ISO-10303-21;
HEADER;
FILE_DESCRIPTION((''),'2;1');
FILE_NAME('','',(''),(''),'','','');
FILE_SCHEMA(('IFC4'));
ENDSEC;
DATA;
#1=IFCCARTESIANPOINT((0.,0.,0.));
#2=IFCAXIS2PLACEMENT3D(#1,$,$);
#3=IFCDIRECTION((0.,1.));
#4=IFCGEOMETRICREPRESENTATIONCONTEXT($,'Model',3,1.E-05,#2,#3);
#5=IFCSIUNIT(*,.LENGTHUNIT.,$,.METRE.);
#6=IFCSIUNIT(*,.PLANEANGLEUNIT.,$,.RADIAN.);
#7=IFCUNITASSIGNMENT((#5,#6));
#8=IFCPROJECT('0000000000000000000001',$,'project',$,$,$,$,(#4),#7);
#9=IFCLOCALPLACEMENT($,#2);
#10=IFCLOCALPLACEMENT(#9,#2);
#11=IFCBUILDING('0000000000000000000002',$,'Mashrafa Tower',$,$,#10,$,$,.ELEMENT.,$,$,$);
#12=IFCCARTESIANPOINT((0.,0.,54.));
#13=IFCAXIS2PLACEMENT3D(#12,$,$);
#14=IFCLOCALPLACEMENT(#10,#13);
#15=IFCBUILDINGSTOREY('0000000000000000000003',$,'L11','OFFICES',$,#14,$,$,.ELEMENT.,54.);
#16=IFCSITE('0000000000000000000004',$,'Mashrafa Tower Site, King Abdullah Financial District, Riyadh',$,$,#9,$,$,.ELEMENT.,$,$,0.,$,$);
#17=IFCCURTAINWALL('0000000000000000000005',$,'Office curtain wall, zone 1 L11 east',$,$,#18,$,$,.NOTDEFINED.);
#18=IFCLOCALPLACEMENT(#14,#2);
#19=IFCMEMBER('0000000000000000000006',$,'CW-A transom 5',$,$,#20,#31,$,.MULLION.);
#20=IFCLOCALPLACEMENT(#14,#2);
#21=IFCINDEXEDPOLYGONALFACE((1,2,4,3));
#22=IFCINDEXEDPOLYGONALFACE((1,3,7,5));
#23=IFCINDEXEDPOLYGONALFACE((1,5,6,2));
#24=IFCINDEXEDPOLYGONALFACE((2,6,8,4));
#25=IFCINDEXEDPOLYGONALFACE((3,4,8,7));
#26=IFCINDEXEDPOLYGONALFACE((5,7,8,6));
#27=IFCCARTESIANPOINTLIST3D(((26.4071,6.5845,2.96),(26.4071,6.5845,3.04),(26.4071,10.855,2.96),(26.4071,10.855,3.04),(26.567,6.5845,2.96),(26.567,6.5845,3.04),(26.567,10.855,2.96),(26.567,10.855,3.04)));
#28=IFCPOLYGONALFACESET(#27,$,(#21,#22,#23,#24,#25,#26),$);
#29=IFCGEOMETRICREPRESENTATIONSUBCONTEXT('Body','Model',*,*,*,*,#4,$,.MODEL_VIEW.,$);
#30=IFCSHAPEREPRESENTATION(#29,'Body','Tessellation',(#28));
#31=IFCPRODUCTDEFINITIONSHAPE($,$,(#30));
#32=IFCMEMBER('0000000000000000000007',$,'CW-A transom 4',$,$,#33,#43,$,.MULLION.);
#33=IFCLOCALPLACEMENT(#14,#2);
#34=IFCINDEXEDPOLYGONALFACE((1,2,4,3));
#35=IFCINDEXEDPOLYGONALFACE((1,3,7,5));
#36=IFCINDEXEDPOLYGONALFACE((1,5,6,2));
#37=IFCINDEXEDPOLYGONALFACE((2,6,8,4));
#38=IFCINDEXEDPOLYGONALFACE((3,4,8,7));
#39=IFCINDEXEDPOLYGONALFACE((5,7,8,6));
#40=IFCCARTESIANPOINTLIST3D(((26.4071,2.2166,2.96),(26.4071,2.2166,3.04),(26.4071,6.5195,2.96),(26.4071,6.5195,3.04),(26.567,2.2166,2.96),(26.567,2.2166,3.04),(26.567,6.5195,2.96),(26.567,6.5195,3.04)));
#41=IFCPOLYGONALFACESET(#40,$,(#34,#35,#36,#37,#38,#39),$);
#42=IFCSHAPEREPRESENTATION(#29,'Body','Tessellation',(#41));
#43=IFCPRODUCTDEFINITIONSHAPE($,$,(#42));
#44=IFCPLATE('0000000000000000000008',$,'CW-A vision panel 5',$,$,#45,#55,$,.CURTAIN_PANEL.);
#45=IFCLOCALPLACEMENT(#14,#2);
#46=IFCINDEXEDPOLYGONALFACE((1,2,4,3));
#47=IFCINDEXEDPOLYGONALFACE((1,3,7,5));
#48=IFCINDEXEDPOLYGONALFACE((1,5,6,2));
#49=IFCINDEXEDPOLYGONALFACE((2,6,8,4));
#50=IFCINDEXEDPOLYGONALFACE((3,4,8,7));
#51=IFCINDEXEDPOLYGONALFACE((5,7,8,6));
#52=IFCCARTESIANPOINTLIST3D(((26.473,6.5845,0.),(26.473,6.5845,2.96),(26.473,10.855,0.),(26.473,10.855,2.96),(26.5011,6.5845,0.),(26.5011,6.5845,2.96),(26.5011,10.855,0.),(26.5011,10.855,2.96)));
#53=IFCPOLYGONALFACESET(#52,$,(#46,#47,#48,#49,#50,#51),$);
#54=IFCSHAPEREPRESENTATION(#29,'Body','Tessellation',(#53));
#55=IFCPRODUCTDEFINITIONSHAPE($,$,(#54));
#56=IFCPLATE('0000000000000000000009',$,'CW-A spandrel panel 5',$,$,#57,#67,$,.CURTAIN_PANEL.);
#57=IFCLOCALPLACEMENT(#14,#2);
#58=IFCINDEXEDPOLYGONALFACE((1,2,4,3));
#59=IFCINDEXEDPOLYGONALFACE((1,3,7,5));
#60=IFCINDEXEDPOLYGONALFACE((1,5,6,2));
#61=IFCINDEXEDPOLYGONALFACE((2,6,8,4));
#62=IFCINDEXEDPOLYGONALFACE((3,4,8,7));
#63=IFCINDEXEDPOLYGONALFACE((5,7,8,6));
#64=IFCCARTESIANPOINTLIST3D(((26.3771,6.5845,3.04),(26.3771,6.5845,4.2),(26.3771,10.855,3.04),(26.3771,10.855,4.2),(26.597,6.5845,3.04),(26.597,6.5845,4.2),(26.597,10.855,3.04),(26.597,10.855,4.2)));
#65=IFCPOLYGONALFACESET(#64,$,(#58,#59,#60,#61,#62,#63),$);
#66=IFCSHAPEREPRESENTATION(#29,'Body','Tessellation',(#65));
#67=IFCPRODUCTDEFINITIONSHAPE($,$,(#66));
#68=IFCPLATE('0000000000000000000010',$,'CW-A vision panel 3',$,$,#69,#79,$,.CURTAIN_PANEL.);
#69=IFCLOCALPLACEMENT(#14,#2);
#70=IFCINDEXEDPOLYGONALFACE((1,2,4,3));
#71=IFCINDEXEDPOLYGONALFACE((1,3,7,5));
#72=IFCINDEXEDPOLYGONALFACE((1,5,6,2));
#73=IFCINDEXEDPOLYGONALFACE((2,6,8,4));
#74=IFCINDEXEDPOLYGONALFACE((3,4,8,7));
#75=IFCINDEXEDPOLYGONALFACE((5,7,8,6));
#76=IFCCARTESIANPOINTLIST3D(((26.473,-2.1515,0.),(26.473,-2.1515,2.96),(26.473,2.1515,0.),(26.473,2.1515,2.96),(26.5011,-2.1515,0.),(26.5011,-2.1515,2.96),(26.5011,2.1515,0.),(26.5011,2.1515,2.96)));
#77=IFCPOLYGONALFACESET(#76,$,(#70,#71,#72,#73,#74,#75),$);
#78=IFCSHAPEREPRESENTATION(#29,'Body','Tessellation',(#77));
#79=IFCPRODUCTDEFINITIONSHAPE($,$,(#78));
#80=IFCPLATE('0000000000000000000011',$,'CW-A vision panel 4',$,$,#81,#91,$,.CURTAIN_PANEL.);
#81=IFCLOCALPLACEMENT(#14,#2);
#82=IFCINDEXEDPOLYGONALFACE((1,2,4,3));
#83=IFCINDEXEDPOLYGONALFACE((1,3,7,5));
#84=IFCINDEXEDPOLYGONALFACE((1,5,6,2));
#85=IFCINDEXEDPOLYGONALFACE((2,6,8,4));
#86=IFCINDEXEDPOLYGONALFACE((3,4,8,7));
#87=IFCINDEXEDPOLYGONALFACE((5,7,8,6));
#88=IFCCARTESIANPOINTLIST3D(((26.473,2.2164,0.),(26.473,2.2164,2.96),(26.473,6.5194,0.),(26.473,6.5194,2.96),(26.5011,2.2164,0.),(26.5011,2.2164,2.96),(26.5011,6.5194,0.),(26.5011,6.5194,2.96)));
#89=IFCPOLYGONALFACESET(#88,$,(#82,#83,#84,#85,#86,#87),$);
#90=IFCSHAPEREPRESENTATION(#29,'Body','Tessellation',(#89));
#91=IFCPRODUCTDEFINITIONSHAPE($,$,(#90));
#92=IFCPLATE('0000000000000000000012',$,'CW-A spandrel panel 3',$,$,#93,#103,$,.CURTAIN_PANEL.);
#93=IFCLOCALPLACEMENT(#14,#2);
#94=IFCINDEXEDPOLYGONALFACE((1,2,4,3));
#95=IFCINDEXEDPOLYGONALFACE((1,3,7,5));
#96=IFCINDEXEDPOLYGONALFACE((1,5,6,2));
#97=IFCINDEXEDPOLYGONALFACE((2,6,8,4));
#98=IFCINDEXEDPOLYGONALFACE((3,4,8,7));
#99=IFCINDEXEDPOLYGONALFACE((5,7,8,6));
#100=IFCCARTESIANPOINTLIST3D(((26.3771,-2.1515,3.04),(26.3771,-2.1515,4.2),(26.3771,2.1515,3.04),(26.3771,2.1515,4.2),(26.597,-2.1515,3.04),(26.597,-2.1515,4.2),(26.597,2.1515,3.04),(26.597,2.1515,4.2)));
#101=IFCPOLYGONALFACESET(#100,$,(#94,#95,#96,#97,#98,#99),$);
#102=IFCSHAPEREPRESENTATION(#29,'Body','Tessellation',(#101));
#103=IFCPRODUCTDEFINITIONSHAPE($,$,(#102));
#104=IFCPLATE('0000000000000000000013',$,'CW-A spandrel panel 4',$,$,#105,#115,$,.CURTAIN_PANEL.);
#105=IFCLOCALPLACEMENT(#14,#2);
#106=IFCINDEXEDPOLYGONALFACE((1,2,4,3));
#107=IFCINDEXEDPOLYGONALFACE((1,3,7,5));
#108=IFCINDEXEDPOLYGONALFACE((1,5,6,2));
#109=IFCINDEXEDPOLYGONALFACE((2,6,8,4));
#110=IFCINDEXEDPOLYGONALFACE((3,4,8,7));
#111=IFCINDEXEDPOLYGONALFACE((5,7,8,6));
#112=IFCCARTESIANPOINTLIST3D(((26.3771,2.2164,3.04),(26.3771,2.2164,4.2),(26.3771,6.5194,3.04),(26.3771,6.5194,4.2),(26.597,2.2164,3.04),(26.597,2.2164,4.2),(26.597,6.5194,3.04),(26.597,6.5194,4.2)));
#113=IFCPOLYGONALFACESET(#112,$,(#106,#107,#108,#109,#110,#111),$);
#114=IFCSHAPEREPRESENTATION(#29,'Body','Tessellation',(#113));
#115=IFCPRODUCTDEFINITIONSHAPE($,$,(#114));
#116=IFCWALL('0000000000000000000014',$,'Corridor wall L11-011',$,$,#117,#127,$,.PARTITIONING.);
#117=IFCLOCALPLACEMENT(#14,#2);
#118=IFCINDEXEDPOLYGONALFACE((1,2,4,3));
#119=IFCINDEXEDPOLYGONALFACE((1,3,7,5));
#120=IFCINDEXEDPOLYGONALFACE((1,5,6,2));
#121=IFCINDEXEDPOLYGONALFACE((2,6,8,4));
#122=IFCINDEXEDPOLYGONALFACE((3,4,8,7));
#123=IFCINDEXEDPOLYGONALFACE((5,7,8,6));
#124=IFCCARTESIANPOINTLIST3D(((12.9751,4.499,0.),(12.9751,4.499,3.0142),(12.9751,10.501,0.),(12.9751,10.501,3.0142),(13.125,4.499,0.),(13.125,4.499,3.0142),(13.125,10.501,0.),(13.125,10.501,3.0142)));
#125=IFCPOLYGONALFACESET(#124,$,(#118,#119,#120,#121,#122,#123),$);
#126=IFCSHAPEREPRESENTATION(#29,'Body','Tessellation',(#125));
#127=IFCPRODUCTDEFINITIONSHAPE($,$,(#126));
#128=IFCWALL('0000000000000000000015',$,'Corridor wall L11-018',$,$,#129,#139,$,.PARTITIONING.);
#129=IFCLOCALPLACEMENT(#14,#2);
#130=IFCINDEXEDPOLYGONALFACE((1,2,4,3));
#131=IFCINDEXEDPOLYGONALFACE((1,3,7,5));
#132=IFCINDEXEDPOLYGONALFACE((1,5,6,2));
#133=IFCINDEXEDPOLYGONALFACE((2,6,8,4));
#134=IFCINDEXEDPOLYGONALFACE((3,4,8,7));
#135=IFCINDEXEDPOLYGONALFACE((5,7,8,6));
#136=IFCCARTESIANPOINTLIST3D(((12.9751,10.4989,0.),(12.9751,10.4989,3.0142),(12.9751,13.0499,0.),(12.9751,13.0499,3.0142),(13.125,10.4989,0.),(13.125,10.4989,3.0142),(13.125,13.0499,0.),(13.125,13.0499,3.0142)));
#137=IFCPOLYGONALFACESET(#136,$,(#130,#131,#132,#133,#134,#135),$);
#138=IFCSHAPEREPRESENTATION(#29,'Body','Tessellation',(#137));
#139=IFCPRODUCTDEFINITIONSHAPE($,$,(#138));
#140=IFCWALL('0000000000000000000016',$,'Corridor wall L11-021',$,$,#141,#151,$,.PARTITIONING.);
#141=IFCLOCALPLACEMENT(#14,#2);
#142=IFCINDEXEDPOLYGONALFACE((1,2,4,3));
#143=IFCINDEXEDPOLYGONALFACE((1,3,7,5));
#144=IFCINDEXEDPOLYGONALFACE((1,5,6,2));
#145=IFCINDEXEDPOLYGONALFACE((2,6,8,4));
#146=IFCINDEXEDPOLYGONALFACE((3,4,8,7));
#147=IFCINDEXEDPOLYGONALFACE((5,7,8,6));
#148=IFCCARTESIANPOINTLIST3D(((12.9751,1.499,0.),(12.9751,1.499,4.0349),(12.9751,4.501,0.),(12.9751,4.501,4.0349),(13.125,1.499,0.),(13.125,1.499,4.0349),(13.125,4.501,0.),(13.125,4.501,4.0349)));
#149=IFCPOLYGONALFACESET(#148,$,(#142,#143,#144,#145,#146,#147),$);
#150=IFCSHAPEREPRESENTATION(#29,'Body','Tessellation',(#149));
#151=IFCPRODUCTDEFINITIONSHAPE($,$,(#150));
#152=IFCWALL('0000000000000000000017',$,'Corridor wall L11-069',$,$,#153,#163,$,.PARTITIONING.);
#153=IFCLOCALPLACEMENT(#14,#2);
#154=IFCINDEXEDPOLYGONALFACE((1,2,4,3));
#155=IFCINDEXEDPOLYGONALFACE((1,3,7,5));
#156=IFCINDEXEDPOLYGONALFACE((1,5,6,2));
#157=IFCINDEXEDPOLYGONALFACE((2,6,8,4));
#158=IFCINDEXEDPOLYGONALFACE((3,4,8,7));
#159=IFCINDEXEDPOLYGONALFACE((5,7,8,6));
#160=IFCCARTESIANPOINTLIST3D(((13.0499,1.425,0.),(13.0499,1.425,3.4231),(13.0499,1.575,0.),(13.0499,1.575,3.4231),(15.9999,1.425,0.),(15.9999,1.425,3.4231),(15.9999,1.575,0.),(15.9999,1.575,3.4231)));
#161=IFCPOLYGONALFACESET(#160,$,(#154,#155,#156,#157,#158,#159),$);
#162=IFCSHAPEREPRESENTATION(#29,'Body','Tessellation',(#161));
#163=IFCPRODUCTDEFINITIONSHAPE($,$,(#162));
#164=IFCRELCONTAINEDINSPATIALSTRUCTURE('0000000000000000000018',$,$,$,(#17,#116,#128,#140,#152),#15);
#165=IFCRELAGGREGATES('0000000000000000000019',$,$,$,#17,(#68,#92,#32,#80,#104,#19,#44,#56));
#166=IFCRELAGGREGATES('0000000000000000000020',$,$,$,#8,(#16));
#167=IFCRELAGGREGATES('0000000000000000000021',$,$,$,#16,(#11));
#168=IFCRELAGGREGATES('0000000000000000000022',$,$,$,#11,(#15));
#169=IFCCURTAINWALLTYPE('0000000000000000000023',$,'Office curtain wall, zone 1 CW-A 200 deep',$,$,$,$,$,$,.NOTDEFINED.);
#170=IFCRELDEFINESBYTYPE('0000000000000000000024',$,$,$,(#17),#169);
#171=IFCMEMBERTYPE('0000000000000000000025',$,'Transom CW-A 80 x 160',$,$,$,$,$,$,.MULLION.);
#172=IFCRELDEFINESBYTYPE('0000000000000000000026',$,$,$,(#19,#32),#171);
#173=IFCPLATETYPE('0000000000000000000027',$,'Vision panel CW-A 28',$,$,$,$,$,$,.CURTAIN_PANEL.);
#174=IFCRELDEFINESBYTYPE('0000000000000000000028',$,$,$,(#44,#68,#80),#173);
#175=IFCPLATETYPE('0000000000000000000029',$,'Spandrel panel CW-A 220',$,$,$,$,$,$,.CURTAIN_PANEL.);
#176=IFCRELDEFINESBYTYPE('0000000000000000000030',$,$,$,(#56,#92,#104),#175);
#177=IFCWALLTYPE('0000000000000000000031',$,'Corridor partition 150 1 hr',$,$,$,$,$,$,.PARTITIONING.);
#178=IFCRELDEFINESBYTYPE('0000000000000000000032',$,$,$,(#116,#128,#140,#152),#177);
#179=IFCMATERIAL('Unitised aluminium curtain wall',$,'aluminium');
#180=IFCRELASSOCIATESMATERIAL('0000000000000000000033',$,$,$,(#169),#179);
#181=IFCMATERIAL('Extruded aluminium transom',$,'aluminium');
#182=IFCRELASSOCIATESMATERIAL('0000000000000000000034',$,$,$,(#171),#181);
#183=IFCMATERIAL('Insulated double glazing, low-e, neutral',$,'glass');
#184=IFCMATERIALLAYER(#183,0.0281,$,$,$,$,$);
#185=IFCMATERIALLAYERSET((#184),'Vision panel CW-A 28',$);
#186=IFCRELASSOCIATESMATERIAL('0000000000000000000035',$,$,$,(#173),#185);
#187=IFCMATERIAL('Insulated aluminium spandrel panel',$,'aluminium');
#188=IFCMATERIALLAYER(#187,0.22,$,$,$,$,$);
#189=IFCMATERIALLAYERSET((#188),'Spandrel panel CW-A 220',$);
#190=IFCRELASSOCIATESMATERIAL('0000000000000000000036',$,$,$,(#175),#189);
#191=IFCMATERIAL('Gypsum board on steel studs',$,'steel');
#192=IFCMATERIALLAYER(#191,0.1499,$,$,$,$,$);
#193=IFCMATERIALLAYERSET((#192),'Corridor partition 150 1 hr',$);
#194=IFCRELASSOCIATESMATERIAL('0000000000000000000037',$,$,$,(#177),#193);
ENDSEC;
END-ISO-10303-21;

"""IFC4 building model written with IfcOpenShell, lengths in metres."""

from ifc_helpers import new_model, si_unit, direction, frame, frame_2d, origin, origin_2d, place, context, subcontext, project, spatial, rectangle, extrude, source, transform, mapped, material, layer, layer_set, material_profile, profile_set, type_object, type_shapes, element, aggregate, save


model = new_model("IFC4")

# Units and contexts
model_context = context("Model", 3, precision=1e-05, world=origin(), true_north=direction((0.0, 1.0)))
body_context = subcontext(model_context, "Body", "Model", "MODEL_VIEW")
ifc_project = project(units=[si_unit("LENGTHUNIT", "METRE"), si_unit("PLANEANGLEUNIT", "RADIAN")], contexts=[model_context])

# Site, building, storey
site_placement = place(None, origin())
site = spatial("IfcSite", under=ifc_project, at=site_placement, Name="Mashrafa Tower Site, King Abdullah Financial District, Riyadh", CompositionType="ELEMENT", RefElevation=0.0)
building_placement = place(site_placement, origin())
building = spatial("IfcBuilding", under=site, at=building_placement, Name="Mashrafa Tower", CompositionType="ELEMENT")
storey_placement = place(building_placement, frame((0.0, 0.0, 54.0)))
storey = spatial("IfcBuildingStorey", under=building, at=storey_placement, Name="L11", Description="OFFICES", CompositionType="ELEMENT", Elevation=54.0)

# Curtain wall, members, plates
ifc_material_1 = material(Name="Unitised aluminium curtain wall", Category="aluminium")
curtain_wall_type = type_object("IfcCurtainWallType", Name="Office curtain wall, zone 1 CW-A 200 deep", PredefinedType="NOTDEFINED", material=ifc_material_1)
curtain_wall_placement = place(storey_placement, origin())
curtain_wall = element("IfcCurtainWall", 1, at=curtain_wall_placement, inside=storey, type_object=curtain_wall_type, Name="Office curtain wall, zone 1 L11 east", PredefinedType="NOTDEFINED")
ifc_material_2 = material(Name="Extruded aluminium transom", Category="aluminium")
ifc_material_profile_1 = material_profile(ifc_material_2, rectangle(XDim=0.1599, YDim=0.0801, at=origin_2d()), Name="Transom 80x160")
ifc_profile_set_1 = profile_set([ifc_material_profile_1], Name="Extruded aluminium transom")
member_type_1 = type_object("IfcMemberType", Name="Transom CW-A 80 x 160", PredefinedType="MULLION", material=ifc_profile_set_1)
shared_shape_1 = source(origin(), body_context, "Body", "SweptSolid", [
    extrude(rectangle(XDim=0.1599, YDim=0.0801, at=origin_2d()), origin(), (0.0, 0.0, 1.0), 4.2705),
])
member_1_placement = place(storey_placement, frame((26.4871, 6.5845, 3.0), z_axis=(0.0, 1.0, 0.0), x_axis=(-1.0, 0.0, 0.0)))
member_1 = element("IfcMember", 2, at=member_1_placement, type_object=member_type_1, Name="CW-A transom 5", PredefinedType="MULLION", context=body_context, shape_type="MappedRepresentation", body=[
    mapped(shared_shape_1, transform((0.0, 0.0, 0.0))),
])
shared_shape_2 = source(origin(), body_context, "Body", "SweptSolid", [
    extrude(rectangle(XDim=0.1599, YDim=0.0801, at=origin_2d()), origin(), (0.0, 0.0, 1.0), 4.303),
])
type_shapes(member_type_1, [shared_shape_1, shared_shape_2])
member_2_placement = place(storey_placement, frame((26.4871, 2.2166, 3.0), z_axis=(0.0, 1.0, 0.0), x_axis=(-1.0, 0.0, 0.0)))
member_2 = element("IfcMember", 3, at=member_2_placement, type_object=member_type_1, Name="CW-A transom 4", PredefinedType="MULLION", context=body_context, shape_type="MappedRepresentation", body=[
    mapped(shared_shape_2, transform((0.0, 0.0, 0.0))),
])
ifc_material_3 = material(Name="Insulated double glazing, low-e, neutral", Category="glass")
ifc_layer_1 = layer(ifc_material_3, 0.0281)
ifc_layer_set_1 = layer_set([ifc_layer_1], Name="Vision panel CW-A 28")
plate_type_1 = type_object("IfcPlateType", Name="Vision panel CW-A 28", PredefinedType="CURTAIN_PANEL", material=ifc_layer_set_1)
shared_shape_3 = source(origin(), body_context, "Body", "SweptSolid", [
    extrude(rectangle(XDim=4.2705, YDim=0.0281, at=origin_2d()), origin(), (0.0, 0.0, 1.0), 2.96),
])
plate_1_placement = place(storey_placement, frame((26.4871, 8.7197, 0.0), z_axis=(0.0, 0.0, 1.0), x_axis=(0.0, 1.0, 0.0)))
plate_1 = element("IfcPlate", 4, at=plate_1_placement, type_object=plate_type_1, Name="CW-A vision panel 5", PredefinedType="CURTAIN_PANEL", context=body_context, shape_type="MappedRepresentation", body=[
    mapped(shared_shape_3, transform((0.0, 0.0, 0.0))),
])
ifc_material_4 = material(Name="Insulated aluminium spandrel panel", Category="aluminium")
ifc_layer_2 = layer(ifc_material_4, 0.22)
ifc_layer_set_2 = layer_set([ifc_layer_2], Name="Spandrel panel CW-A 220")
plate_type_2 = type_object("IfcPlateType", Name="Spandrel panel CW-A 220", PredefinedType="CURTAIN_PANEL", material=ifc_layer_set_2)
shared_shape_4 = source(origin(), body_context, "Body", "SweptSolid", [
    extrude(rectangle(XDim=4.2705, YDim=0.22, at=origin_2d()), origin(), (0.0, 0.0, 1.0), 1.1599),
])
plate_2_placement = place(storey_placement, frame((26.4871, 8.7197, 3.04), z_axis=(0.0, 0.0, 1.0), x_axis=(0.0, 1.0, 0.0)))
plate_2 = element("IfcPlate", 5, at=plate_2_placement, type_object=plate_type_2, Name="CW-A spandrel panel 5", PredefinedType="CURTAIN_PANEL", context=body_context, shape_type="MappedRepresentation", body=[
    mapped(shared_shape_4, transform((0.0, 0.0, 0.0))),
])
shared_shape_5 = source(origin(), body_context, "Body", "SweptSolid", [
    extrude(rectangle(XDim=4.303, YDim=0.0281, at=origin_2d()), origin(), (0.0, 0.0, 1.0), 2.96),
])
type_shapes(plate_type_1, [shared_shape_3, shared_shape_5])
plate_3_placement = place(storey_placement, frame((26.4871, 0.0, 0.0), z_axis=(0.0, 0.0, 1.0), x_axis=(0.0, 1.0, 0.0)))
plate_3 = element("IfcPlate", 6, at=plate_3_placement, type_object=plate_type_1, Name="CW-A vision panel 3", PredefinedType="CURTAIN_PANEL", context=body_context, shape_type="MappedRepresentation", body=[
    mapped(shared_shape_5, transform((0.0, 0.0, 0.0))),
])
plate_4_placement = place(storey_placement, frame((26.4871, 4.3679, 0.0), z_axis=(0.0, 0.0, 1.0), x_axis=(0.0, 1.0, 0.0)))
plate_4 = element("IfcPlate", 7, at=plate_4_placement, type_object=plate_type_1, Name="CW-A vision panel 4", PredefinedType="CURTAIN_PANEL", context=body_context, shape_type="MappedRepresentation", body=[
    mapped(shared_shape_5, transform((0.0, 0.0, 0.0))),
])
shared_shape_6 = source(origin(), body_context, "Body", "SweptSolid", [
    extrude(rectangle(XDim=4.303, YDim=0.22, at=origin_2d()), origin(), (0.0, 0.0, 1.0), 1.1599),
])
type_shapes(plate_type_2, [shared_shape_4, shared_shape_6])
plate_5_placement = place(storey_placement, frame((26.4871, 0.0, 3.04), z_axis=(0.0, 0.0, 1.0), x_axis=(0.0, 1.0, 0.0)))
plate_5 = element("IfcPlate", 8, at=plate_5_placement, type_object=plate_type_2, Name="CW-A spandrel panel 3", PredefinedType="CURTAIN_PANEL", context=body_context, shape_type="MappedRepresentation", body=[
    mapped(shared_shape_6, transform((0.0, 0.0, 0.0))),
])
plate_6_placement = place(storey_placement, frame((26.4871, 4.3679, 3.04), z_axis=(0.0, 0.0, 1.0), x_axis=(0.0, 1.0, 0.0)))
plate_6 = element("IfcPlate", 9, at=plate_6_placement, type_object=plate_type_2, Name="CW-A spandrel panel 4", PredefinedType="CURTAIN_PANEL", context=body_context, shape_type="MappedRepresentation", body=[
    mapped(shared_shape_6, transform((0.0, 0.0, 0.0))),
])
aggregate(curtain_wall, [plate_3, plate_5, member_2, plate_4, plate_6, member_1, plate_1, plate_2])

# Walls
ifc_material_5 = material(Name="Gypsum board on steel studs", Category="steel")
ifc_layer_3 = layer(ifc_material_5, 0.1499)
ifc_layer_set_3 = layer_set([ifc_layer_3], Name="Corridor partition 150 1 hr")
wall_type_1 = type_object("IfcWallType", Name="Corridor partition 150 1 hr", PredefinedType="PARTITIONING", material=ifc_layer_set_3)
wall_1_placement = place(storey_placement, frame((13.05, 4.499, 0.0), z_axis=(0.0, 0.0, 1.0), x_axis=(0.0, 1.0, 0.0)))
element("IfcWall", 10, at=wall_1_placement, inside=storey, type_object=wall_type_1, Name="Corridor wall L11-011", PredefinedType="PARTITIONING", context=body_context, shape_type="SweptSolid", body=[
    extrude(rectangle(XDim=6.002, YDim=0.1499, at=frame_2d((3.001, 0.0))), origin(), (0.0, 0.0, 1.0), 3.0142),
])
wall_2_placement = place(storey_placement, frame((13.05, 10.499, 0.0), z_axis=(0.0, 0.0, 1.0), x_axis=(0.0, 1.0, 0.0)))
element("IfcWall", 11, at=wall_2_placement, inside=storey, type_object=wall_type_1, Name="Corridor wall L11-018", PredefinedType="PARTITIONING", context=body_context, shape_type="SweptSolid", body=[
    extrude(rectangle(XDim=2.551, YDim=0.1499, at=frame_2d((1.2754, 0.0))), origin(), (0.0, 0.0, 1.0), 3.0142),
])
wall_3_placement = place(storey_placement, frame((13.05, 1.499, 0.0), z_axis=(0.0, 0.0, 1.0), x_axis=(0.0, 1.0, 0.0)))
element("IfcWall", 12, at=wall_3_placement, inside=storey, type_object=wall_type_1, Name="Corridor wall L11-021", PredefinedType="PARTITIONING", context=body_context, shape_type="SweptSolid", body=[
    extrude(rectangle(XDim=3.002, YDim=0.1499, at=frame_2d((1.501, 0.0))), origin(), (0.0, 0.0, 1.0), 4.0349),
])
wall_4_placement = place(storey_placement, frame((16.0, 1.5, 0.0), z_axis=(0.0, 0.0, 1.0), x_axis=(-1.0, 0.0, 0.0)))
element("IfcWall", 13, at=wall_4_placement, inside=storey, type_object=wall_type_1, Name="Corridor wall L11-069", PredefinedType="PARTITIONING", context=body_context, shape_type="SweptSolid", body=[
    extrude(rectangle(XDim=2.95, YDim=0.1499, at=frame_2d((1.4751, 0.0))), origin(), (0.0, 0.0, 1.0), 3.4231),
])

save(model, "model.ifc")
